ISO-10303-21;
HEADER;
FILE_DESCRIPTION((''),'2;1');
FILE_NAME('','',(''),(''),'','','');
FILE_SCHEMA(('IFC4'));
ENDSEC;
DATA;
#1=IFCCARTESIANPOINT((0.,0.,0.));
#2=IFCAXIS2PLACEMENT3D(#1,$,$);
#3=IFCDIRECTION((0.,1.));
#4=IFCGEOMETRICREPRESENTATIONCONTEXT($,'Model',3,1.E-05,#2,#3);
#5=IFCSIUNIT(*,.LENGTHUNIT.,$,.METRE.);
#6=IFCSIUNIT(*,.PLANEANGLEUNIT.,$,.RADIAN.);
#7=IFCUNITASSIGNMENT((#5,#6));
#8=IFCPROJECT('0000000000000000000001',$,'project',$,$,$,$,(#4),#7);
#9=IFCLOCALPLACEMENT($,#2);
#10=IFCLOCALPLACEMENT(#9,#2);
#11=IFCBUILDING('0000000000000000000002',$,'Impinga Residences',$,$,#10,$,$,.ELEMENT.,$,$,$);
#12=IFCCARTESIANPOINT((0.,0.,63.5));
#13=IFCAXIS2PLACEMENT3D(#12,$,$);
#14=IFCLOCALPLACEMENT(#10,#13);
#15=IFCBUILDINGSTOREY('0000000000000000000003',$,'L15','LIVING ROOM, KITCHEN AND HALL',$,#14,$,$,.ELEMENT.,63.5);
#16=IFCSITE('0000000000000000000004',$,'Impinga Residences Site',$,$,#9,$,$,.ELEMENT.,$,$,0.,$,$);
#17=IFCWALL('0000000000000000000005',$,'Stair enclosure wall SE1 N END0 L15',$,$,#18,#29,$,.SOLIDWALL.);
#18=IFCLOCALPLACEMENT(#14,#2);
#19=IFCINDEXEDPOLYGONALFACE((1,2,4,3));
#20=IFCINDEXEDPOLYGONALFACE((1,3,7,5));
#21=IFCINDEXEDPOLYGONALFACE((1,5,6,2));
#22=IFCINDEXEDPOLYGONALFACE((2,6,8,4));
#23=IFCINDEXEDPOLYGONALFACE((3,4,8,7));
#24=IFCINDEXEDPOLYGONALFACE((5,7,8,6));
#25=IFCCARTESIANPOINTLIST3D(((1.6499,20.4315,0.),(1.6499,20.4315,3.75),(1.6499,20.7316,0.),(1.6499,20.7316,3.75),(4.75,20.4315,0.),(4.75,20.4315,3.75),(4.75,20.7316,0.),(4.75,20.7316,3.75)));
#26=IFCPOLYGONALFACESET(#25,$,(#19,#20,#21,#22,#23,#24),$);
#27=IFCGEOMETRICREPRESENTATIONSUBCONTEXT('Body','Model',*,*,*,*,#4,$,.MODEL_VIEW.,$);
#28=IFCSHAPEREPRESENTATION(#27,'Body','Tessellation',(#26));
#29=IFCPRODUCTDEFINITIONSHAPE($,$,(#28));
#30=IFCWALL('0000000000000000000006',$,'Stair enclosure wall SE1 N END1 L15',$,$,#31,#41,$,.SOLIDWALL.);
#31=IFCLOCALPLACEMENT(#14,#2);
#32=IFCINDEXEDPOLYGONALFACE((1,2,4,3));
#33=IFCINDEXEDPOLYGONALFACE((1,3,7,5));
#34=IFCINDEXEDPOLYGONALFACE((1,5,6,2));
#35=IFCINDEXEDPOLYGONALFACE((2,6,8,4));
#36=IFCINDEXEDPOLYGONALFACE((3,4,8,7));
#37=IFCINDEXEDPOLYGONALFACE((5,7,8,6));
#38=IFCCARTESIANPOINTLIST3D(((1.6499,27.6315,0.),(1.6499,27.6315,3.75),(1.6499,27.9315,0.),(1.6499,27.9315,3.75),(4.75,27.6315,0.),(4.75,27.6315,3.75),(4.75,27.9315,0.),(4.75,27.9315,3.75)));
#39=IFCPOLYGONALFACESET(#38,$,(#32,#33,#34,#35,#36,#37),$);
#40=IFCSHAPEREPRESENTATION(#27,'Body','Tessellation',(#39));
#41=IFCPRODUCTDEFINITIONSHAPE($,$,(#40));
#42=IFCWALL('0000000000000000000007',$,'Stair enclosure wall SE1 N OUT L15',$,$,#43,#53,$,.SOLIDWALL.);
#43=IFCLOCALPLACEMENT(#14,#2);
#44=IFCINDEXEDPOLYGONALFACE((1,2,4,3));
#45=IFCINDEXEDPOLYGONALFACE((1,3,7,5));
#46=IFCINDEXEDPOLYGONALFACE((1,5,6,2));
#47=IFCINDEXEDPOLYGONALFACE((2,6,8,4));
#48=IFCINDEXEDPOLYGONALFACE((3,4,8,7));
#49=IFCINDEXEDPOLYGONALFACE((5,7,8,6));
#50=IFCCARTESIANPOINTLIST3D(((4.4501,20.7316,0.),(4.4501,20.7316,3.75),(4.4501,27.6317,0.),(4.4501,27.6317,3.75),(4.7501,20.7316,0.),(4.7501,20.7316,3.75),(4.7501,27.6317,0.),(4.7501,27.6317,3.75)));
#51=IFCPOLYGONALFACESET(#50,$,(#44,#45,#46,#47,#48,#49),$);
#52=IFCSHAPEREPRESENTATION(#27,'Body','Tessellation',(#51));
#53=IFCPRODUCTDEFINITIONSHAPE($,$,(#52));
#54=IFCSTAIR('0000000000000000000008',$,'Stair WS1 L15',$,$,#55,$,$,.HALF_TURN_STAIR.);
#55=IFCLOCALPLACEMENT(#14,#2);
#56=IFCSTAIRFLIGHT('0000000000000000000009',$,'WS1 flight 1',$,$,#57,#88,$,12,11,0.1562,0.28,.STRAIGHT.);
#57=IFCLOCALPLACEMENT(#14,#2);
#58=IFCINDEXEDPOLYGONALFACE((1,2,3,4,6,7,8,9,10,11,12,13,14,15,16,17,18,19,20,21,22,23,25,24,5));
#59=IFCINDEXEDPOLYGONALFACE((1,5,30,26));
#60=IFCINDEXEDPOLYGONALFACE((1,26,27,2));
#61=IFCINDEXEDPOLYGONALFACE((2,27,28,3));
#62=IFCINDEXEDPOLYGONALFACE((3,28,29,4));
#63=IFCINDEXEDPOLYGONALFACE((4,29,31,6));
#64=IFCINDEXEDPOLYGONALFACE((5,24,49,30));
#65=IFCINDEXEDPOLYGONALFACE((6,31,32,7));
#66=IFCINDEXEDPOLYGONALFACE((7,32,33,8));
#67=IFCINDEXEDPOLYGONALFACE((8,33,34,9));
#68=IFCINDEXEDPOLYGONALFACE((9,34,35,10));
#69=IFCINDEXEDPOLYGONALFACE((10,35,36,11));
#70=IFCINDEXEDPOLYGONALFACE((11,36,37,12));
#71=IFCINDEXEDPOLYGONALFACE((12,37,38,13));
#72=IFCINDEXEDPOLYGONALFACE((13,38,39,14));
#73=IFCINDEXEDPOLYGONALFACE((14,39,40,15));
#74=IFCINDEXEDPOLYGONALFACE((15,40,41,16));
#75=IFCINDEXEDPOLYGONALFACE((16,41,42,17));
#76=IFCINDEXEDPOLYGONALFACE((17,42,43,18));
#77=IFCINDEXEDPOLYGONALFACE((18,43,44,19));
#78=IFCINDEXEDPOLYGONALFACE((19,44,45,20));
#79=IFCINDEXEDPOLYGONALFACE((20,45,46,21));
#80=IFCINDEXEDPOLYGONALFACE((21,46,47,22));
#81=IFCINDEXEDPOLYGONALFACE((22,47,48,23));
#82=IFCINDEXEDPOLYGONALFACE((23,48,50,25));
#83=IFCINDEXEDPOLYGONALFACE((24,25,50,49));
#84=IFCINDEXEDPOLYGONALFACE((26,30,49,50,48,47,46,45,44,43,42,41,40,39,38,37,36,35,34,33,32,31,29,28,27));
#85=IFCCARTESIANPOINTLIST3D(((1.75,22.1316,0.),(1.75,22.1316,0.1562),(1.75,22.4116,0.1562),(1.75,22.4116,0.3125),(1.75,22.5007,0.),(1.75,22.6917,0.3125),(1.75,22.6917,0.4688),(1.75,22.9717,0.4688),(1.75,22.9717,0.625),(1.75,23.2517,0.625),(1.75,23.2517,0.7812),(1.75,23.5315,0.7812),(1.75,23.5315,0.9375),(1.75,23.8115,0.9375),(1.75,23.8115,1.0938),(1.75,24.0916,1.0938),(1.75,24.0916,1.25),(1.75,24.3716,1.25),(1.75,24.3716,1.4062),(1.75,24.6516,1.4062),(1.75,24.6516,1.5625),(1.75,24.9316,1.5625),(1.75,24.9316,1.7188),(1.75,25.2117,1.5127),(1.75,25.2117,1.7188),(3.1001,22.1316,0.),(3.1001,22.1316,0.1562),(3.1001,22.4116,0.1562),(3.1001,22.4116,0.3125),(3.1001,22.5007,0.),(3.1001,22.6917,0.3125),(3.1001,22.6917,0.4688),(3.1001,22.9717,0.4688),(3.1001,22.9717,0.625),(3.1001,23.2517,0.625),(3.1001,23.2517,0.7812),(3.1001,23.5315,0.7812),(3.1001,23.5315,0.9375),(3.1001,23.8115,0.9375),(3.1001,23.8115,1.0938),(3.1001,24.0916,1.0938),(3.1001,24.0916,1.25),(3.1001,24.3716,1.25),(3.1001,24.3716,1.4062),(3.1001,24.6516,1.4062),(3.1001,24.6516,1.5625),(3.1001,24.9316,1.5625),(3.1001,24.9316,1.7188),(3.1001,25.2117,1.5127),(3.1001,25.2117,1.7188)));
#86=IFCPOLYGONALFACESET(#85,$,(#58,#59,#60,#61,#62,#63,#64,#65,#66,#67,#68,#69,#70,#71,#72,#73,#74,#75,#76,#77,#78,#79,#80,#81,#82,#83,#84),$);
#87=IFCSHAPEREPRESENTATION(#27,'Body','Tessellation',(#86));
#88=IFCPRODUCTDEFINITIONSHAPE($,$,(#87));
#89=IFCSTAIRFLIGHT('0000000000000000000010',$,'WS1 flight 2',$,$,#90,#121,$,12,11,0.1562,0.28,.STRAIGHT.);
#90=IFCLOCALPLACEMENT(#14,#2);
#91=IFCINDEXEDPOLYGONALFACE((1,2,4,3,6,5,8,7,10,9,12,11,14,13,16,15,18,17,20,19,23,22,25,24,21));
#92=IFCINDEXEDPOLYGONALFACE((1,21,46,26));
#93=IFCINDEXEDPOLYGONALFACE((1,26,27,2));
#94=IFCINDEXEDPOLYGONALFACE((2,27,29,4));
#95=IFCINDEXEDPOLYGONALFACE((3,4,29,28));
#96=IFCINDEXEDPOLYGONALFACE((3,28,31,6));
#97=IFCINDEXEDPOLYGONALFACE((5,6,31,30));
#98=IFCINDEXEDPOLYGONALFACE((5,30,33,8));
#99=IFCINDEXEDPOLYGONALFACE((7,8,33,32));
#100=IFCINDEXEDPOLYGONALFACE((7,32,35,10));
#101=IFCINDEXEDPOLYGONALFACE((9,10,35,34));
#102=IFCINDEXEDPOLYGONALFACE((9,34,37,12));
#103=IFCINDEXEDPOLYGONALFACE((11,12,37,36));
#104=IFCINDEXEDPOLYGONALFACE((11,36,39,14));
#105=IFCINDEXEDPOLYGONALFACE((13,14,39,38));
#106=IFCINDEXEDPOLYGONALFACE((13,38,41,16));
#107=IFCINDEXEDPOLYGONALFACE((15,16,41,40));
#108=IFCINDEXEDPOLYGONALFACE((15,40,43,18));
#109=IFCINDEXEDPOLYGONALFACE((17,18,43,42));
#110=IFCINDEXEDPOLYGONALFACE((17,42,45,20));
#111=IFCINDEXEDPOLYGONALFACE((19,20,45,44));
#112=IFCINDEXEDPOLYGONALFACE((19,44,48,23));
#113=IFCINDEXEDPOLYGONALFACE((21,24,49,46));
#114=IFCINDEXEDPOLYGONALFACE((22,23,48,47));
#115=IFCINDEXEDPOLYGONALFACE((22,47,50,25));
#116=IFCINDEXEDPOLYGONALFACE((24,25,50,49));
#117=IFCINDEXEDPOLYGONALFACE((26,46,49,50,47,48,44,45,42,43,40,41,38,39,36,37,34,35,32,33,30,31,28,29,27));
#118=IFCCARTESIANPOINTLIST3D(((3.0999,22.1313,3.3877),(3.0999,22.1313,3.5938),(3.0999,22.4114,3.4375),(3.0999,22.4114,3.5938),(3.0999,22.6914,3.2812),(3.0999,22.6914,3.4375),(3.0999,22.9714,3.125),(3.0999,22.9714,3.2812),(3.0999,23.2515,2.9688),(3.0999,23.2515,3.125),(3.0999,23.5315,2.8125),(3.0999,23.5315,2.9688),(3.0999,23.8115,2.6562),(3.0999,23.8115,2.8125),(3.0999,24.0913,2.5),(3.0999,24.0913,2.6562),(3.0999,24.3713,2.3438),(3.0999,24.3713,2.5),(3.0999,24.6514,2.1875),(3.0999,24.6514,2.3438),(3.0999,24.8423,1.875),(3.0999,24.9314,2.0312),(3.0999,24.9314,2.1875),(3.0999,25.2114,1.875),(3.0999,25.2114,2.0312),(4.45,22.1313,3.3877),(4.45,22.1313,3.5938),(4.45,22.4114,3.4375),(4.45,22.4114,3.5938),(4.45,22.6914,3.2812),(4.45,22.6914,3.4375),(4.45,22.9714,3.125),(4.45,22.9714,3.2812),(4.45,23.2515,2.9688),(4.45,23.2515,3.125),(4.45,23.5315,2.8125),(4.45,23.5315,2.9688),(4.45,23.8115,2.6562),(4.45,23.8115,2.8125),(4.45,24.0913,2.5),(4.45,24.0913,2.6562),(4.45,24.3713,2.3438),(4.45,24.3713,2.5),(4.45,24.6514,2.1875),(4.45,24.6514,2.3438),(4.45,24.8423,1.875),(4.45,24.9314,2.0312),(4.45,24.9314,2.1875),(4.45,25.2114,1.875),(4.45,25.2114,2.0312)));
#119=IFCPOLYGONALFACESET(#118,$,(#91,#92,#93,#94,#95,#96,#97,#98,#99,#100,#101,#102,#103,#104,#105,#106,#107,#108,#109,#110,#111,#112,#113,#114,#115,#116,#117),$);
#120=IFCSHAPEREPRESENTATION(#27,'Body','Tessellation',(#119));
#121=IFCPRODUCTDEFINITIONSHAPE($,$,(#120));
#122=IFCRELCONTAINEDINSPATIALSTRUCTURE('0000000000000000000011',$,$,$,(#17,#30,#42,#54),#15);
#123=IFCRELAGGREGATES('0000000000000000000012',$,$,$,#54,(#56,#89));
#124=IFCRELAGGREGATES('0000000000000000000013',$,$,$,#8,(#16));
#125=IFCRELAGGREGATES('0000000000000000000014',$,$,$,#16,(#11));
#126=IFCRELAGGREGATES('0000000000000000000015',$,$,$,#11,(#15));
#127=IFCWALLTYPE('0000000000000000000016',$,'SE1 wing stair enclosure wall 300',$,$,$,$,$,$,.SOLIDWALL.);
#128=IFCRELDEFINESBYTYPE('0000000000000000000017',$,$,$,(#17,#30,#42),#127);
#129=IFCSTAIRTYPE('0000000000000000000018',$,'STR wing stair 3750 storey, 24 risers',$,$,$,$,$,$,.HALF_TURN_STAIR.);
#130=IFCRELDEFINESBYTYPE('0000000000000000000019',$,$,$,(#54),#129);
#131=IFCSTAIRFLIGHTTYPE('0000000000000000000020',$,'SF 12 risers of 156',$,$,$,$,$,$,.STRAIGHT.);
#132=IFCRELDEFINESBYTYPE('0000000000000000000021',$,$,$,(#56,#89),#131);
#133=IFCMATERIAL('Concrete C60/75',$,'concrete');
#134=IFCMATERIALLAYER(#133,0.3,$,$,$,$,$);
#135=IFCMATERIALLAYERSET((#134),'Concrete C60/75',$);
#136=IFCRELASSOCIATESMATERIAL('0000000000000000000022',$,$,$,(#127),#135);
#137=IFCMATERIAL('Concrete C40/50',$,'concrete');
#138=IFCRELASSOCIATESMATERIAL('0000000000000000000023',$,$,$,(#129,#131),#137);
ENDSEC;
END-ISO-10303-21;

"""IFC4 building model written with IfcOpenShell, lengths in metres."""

from ifc_helpers import new_model, si_unit, direction, frame, frame_2d, origin, place, context, subcontext, project, spatial, polyline, rectangle, outline, extrude, material, layer, layer_set, type_object, element, aggregate, save


model = new_model("IFC4")

# Units and contexts
model_context = context("Model", 3, precision=1e-05, world=origin(), true_north=direction((0.0, 1.0)))
body_context = subcontext(model_context, "Body", "Model", "MODEL_VIEW")
ifc_project = project(units=[si_unit("LENGTHUNIT", "METRE"), si_unit("PLANEANGLEUNIT", "RADIAN")], contexts=[model_context])

# Site, building, storey
site_placement = place(None, origin())
site = spatial("IfcSite", under=ifc_project, at=site_placement, Name="Impinga Residences Site", CompositionType="ELEMENT", RefElevation=0.0)
building_placement = place(site_placement, origin())
building = spatial("IfcBuilding", under=site, at=building_placement, Name="Impinga Residences", CompositionType="ELEMENT")
storey_placement = place(building_placement, frame((0.0, 0.0, 63.5)))
storey = spatial("IfcBuildingStorey", under=building, at=storey_placement, Name="L15", Description="LIVING ROOM, KITCHEN AND HALL", CompositionType="ELEMENT", Elevation=63.5)

# Shared definitions
ifc_material_1 = material(Name="Concrete C60/75", Category="concrete")

# Walls
ifc_layer_1 = layer(ifc_material_1, 0.3)
ifc_layer_set_1 = layer_set([ifc_layer_1], Name="Concrete C60/75")
wall_type_1 = type_object("IfcWallType", Name="SE1 wing stair enclosure wall 300", PredefinedType="SOLIDWALL", material=ifc_layer_set_1)
for number, where, z_axis, x_axis, name in (
    (1, (1.6499, 20.5815, 0.0), (0.0, 0.0, 1.0), (1.0, 0.0, 0.0), "Stair enclosure wall SE1 N END0 L15"),
    (2, (1.6499, 27.7815, 0.0), (0.0, 0.0, 1.0), (1.0, 0.0, 0.0), "Stair enclosure wall SE1 N END1 L15"),
):
    element("IfcWall", number, at=place(storey_placement, frame(where, z_axis=z_axis, x_axis=x_axis)), inside=storey, type_object=wall_type_1, Name=name, PredefinedType="SOLIDWALL", context=body_context, shape_type="SweptSolid", body=[
        extrude(rectangle(XDim=3.1001, YDim=0.3, at=frame_2d((1.55, 0.0))), origin(), (0.0, 0.0, 1.0), 3.75),
    ])
wall_1_placement = place(storey_placement, frame((4.6001, 20.7314, 0.0), z_axis=(0.0, 0.0, 1.0), x_axis=(0.0, 1.0, 0.0)))
element("IfcWall", 3, at=wall_1_placement, inside=storey, type_object=wall_type_1, Name="Stair enclosure wall SE1 N OUT L15", PredefinedType="SOLIDWALL", context=body_context, shape_type="SweptSolid", body=[
    extrude(rectangle(XDim=6.9001, YDim=0.3, at=frame_2d((3.4502, 0.0))), origin(), (0.0, 0.0, 1.0), 3.75),
])

# Stair, stair flights
ifc_material_2 = material(Name="Concrete C40/50", Category="concrete")
stair_type = type_object("IfcStairType", Name="STR wing stair 3750 storey, 24 risers", PredefinedType="HALF_TURN_STAIR", material=ifc_material_2)
stair_placement = place(storey_placement, origin())
stair = element("IfcStair", 4, at=stair_placement, inside=storey, type_object=stair_type, Name="Stair WS1 L15", PredefinedType="HALF_TURN_STAIR")
stair_flight_type = type_object("IfcStairFlightType", Name="SF 12 risers of 156", PredefinedType="STRAIGHT", material=ifc_material_2)
stair_flight_1_placement = place(storey_placement, frame((2.425, 22.1316, 0.0), z_axis=(0.0, 0.0, 1.0), x_axis=(0.0, 1.0, 0.0)))
stair_flight_1 = element("IfcStairFlight", 5, at=stair_flight_1_placement, type_object=stair_flight_type, Name="WS1 flight 1", NumberOfRisers=12, NumberOfTreads=11, PredefinedType="STRAIGHT", RiserHeight=0.1562, TreadLength=0.28, context=body_context, shape_type="SweptSolid", body=[
    extrude(outline(polyline([(0.0, 0.0), (0.0, 0.1562), (0.28, 0.1562), (0.28, 0.3125), (0.5601, 0.3125), (0.5601, 0.4688), (0.8401, 0.4688), (0.8401, 0.625), (1.1201, 0.625), (1.1201, 0.7812), (1.3999, 0.7812), (1.3999, 0.9375), (1.6799, 0.9375), (1.6799, 1.0938), (1.96, 1.0938), (1.96, 1.25), (2.24, 1.25), (2.24, 1.4062), (2.52, 1.4062), (2.52, 1.5625), (2.8, 1.5625), (2.8, 1.7188), (3.0801, 1.7188), (3.0801, 1.875), (3.0801, 1.5127), (0.3691, 0.0), (0.0, 0.0)])), frame((0.0, 0.675, 0.0), z_axis=(0.0, -1.0, 0.0), x_axis=(1.0, 0.0, 0.0)), (0.0, 0.0, 1.0), 1.3501),
])
stair_flight_2_placement = place(storey_placement, frame((3.7749, 25.2114, 1.875), z_axis=(0.0, 0.0, 1.0), x_axis=(0.0, -1.0, 0.0)))
stair_flight_2 = element("IfcStairFlight", 6, at=stair_flight_2_placement, type_object=stair_flight_type, Name="WS1 flight 2", NumberOfRisers=12, NumberOfTreads=11, PredefinedType="STRAIGHT", RiserHeight=0.1562, TreadLength=0.28, context=body_context, shape_type="SweptSolid", body=[
    extrude(outline(polyline([(0.0, 0.0), (0.0, 0.1562), (0.28, 0.1562), (0.28, 0.3125), (0.5601, 0.3125), (0.5601, 0.4688), (0.8401, 0.4688), (0.8401, 0.625), (1.1201, 0.625), (1.1201, 0.7812), (1.3999, 0.7812), (1.3999, 0.9375), (1.6799, 0.9375), (1.6799, 1.0938), (1.96, 1.0938), (1.96, 1.25), (2.24, 1.25), (2.24, 1.4062), (2.52, 1.4062), (2.52, 1.5625), (2.8, 1.5625), (2.8, 1.7188), (3.0801, 1.7188), (3.0801, 1.875), (3.0801, 1.5127), (0.3691, 0.0), (0.0, 0.0)])), frame((0.0, 0.675, 0.0), z_axis=(0.0, -1.0, 0.0), x_axis=(1.0, 0.0, 0.0)), (0.0, 0.0, 1.0), 1.3501),
])
aggregate(stair, [stair_flight_1, stair_flight_2])

save(model, "model.ifc")
